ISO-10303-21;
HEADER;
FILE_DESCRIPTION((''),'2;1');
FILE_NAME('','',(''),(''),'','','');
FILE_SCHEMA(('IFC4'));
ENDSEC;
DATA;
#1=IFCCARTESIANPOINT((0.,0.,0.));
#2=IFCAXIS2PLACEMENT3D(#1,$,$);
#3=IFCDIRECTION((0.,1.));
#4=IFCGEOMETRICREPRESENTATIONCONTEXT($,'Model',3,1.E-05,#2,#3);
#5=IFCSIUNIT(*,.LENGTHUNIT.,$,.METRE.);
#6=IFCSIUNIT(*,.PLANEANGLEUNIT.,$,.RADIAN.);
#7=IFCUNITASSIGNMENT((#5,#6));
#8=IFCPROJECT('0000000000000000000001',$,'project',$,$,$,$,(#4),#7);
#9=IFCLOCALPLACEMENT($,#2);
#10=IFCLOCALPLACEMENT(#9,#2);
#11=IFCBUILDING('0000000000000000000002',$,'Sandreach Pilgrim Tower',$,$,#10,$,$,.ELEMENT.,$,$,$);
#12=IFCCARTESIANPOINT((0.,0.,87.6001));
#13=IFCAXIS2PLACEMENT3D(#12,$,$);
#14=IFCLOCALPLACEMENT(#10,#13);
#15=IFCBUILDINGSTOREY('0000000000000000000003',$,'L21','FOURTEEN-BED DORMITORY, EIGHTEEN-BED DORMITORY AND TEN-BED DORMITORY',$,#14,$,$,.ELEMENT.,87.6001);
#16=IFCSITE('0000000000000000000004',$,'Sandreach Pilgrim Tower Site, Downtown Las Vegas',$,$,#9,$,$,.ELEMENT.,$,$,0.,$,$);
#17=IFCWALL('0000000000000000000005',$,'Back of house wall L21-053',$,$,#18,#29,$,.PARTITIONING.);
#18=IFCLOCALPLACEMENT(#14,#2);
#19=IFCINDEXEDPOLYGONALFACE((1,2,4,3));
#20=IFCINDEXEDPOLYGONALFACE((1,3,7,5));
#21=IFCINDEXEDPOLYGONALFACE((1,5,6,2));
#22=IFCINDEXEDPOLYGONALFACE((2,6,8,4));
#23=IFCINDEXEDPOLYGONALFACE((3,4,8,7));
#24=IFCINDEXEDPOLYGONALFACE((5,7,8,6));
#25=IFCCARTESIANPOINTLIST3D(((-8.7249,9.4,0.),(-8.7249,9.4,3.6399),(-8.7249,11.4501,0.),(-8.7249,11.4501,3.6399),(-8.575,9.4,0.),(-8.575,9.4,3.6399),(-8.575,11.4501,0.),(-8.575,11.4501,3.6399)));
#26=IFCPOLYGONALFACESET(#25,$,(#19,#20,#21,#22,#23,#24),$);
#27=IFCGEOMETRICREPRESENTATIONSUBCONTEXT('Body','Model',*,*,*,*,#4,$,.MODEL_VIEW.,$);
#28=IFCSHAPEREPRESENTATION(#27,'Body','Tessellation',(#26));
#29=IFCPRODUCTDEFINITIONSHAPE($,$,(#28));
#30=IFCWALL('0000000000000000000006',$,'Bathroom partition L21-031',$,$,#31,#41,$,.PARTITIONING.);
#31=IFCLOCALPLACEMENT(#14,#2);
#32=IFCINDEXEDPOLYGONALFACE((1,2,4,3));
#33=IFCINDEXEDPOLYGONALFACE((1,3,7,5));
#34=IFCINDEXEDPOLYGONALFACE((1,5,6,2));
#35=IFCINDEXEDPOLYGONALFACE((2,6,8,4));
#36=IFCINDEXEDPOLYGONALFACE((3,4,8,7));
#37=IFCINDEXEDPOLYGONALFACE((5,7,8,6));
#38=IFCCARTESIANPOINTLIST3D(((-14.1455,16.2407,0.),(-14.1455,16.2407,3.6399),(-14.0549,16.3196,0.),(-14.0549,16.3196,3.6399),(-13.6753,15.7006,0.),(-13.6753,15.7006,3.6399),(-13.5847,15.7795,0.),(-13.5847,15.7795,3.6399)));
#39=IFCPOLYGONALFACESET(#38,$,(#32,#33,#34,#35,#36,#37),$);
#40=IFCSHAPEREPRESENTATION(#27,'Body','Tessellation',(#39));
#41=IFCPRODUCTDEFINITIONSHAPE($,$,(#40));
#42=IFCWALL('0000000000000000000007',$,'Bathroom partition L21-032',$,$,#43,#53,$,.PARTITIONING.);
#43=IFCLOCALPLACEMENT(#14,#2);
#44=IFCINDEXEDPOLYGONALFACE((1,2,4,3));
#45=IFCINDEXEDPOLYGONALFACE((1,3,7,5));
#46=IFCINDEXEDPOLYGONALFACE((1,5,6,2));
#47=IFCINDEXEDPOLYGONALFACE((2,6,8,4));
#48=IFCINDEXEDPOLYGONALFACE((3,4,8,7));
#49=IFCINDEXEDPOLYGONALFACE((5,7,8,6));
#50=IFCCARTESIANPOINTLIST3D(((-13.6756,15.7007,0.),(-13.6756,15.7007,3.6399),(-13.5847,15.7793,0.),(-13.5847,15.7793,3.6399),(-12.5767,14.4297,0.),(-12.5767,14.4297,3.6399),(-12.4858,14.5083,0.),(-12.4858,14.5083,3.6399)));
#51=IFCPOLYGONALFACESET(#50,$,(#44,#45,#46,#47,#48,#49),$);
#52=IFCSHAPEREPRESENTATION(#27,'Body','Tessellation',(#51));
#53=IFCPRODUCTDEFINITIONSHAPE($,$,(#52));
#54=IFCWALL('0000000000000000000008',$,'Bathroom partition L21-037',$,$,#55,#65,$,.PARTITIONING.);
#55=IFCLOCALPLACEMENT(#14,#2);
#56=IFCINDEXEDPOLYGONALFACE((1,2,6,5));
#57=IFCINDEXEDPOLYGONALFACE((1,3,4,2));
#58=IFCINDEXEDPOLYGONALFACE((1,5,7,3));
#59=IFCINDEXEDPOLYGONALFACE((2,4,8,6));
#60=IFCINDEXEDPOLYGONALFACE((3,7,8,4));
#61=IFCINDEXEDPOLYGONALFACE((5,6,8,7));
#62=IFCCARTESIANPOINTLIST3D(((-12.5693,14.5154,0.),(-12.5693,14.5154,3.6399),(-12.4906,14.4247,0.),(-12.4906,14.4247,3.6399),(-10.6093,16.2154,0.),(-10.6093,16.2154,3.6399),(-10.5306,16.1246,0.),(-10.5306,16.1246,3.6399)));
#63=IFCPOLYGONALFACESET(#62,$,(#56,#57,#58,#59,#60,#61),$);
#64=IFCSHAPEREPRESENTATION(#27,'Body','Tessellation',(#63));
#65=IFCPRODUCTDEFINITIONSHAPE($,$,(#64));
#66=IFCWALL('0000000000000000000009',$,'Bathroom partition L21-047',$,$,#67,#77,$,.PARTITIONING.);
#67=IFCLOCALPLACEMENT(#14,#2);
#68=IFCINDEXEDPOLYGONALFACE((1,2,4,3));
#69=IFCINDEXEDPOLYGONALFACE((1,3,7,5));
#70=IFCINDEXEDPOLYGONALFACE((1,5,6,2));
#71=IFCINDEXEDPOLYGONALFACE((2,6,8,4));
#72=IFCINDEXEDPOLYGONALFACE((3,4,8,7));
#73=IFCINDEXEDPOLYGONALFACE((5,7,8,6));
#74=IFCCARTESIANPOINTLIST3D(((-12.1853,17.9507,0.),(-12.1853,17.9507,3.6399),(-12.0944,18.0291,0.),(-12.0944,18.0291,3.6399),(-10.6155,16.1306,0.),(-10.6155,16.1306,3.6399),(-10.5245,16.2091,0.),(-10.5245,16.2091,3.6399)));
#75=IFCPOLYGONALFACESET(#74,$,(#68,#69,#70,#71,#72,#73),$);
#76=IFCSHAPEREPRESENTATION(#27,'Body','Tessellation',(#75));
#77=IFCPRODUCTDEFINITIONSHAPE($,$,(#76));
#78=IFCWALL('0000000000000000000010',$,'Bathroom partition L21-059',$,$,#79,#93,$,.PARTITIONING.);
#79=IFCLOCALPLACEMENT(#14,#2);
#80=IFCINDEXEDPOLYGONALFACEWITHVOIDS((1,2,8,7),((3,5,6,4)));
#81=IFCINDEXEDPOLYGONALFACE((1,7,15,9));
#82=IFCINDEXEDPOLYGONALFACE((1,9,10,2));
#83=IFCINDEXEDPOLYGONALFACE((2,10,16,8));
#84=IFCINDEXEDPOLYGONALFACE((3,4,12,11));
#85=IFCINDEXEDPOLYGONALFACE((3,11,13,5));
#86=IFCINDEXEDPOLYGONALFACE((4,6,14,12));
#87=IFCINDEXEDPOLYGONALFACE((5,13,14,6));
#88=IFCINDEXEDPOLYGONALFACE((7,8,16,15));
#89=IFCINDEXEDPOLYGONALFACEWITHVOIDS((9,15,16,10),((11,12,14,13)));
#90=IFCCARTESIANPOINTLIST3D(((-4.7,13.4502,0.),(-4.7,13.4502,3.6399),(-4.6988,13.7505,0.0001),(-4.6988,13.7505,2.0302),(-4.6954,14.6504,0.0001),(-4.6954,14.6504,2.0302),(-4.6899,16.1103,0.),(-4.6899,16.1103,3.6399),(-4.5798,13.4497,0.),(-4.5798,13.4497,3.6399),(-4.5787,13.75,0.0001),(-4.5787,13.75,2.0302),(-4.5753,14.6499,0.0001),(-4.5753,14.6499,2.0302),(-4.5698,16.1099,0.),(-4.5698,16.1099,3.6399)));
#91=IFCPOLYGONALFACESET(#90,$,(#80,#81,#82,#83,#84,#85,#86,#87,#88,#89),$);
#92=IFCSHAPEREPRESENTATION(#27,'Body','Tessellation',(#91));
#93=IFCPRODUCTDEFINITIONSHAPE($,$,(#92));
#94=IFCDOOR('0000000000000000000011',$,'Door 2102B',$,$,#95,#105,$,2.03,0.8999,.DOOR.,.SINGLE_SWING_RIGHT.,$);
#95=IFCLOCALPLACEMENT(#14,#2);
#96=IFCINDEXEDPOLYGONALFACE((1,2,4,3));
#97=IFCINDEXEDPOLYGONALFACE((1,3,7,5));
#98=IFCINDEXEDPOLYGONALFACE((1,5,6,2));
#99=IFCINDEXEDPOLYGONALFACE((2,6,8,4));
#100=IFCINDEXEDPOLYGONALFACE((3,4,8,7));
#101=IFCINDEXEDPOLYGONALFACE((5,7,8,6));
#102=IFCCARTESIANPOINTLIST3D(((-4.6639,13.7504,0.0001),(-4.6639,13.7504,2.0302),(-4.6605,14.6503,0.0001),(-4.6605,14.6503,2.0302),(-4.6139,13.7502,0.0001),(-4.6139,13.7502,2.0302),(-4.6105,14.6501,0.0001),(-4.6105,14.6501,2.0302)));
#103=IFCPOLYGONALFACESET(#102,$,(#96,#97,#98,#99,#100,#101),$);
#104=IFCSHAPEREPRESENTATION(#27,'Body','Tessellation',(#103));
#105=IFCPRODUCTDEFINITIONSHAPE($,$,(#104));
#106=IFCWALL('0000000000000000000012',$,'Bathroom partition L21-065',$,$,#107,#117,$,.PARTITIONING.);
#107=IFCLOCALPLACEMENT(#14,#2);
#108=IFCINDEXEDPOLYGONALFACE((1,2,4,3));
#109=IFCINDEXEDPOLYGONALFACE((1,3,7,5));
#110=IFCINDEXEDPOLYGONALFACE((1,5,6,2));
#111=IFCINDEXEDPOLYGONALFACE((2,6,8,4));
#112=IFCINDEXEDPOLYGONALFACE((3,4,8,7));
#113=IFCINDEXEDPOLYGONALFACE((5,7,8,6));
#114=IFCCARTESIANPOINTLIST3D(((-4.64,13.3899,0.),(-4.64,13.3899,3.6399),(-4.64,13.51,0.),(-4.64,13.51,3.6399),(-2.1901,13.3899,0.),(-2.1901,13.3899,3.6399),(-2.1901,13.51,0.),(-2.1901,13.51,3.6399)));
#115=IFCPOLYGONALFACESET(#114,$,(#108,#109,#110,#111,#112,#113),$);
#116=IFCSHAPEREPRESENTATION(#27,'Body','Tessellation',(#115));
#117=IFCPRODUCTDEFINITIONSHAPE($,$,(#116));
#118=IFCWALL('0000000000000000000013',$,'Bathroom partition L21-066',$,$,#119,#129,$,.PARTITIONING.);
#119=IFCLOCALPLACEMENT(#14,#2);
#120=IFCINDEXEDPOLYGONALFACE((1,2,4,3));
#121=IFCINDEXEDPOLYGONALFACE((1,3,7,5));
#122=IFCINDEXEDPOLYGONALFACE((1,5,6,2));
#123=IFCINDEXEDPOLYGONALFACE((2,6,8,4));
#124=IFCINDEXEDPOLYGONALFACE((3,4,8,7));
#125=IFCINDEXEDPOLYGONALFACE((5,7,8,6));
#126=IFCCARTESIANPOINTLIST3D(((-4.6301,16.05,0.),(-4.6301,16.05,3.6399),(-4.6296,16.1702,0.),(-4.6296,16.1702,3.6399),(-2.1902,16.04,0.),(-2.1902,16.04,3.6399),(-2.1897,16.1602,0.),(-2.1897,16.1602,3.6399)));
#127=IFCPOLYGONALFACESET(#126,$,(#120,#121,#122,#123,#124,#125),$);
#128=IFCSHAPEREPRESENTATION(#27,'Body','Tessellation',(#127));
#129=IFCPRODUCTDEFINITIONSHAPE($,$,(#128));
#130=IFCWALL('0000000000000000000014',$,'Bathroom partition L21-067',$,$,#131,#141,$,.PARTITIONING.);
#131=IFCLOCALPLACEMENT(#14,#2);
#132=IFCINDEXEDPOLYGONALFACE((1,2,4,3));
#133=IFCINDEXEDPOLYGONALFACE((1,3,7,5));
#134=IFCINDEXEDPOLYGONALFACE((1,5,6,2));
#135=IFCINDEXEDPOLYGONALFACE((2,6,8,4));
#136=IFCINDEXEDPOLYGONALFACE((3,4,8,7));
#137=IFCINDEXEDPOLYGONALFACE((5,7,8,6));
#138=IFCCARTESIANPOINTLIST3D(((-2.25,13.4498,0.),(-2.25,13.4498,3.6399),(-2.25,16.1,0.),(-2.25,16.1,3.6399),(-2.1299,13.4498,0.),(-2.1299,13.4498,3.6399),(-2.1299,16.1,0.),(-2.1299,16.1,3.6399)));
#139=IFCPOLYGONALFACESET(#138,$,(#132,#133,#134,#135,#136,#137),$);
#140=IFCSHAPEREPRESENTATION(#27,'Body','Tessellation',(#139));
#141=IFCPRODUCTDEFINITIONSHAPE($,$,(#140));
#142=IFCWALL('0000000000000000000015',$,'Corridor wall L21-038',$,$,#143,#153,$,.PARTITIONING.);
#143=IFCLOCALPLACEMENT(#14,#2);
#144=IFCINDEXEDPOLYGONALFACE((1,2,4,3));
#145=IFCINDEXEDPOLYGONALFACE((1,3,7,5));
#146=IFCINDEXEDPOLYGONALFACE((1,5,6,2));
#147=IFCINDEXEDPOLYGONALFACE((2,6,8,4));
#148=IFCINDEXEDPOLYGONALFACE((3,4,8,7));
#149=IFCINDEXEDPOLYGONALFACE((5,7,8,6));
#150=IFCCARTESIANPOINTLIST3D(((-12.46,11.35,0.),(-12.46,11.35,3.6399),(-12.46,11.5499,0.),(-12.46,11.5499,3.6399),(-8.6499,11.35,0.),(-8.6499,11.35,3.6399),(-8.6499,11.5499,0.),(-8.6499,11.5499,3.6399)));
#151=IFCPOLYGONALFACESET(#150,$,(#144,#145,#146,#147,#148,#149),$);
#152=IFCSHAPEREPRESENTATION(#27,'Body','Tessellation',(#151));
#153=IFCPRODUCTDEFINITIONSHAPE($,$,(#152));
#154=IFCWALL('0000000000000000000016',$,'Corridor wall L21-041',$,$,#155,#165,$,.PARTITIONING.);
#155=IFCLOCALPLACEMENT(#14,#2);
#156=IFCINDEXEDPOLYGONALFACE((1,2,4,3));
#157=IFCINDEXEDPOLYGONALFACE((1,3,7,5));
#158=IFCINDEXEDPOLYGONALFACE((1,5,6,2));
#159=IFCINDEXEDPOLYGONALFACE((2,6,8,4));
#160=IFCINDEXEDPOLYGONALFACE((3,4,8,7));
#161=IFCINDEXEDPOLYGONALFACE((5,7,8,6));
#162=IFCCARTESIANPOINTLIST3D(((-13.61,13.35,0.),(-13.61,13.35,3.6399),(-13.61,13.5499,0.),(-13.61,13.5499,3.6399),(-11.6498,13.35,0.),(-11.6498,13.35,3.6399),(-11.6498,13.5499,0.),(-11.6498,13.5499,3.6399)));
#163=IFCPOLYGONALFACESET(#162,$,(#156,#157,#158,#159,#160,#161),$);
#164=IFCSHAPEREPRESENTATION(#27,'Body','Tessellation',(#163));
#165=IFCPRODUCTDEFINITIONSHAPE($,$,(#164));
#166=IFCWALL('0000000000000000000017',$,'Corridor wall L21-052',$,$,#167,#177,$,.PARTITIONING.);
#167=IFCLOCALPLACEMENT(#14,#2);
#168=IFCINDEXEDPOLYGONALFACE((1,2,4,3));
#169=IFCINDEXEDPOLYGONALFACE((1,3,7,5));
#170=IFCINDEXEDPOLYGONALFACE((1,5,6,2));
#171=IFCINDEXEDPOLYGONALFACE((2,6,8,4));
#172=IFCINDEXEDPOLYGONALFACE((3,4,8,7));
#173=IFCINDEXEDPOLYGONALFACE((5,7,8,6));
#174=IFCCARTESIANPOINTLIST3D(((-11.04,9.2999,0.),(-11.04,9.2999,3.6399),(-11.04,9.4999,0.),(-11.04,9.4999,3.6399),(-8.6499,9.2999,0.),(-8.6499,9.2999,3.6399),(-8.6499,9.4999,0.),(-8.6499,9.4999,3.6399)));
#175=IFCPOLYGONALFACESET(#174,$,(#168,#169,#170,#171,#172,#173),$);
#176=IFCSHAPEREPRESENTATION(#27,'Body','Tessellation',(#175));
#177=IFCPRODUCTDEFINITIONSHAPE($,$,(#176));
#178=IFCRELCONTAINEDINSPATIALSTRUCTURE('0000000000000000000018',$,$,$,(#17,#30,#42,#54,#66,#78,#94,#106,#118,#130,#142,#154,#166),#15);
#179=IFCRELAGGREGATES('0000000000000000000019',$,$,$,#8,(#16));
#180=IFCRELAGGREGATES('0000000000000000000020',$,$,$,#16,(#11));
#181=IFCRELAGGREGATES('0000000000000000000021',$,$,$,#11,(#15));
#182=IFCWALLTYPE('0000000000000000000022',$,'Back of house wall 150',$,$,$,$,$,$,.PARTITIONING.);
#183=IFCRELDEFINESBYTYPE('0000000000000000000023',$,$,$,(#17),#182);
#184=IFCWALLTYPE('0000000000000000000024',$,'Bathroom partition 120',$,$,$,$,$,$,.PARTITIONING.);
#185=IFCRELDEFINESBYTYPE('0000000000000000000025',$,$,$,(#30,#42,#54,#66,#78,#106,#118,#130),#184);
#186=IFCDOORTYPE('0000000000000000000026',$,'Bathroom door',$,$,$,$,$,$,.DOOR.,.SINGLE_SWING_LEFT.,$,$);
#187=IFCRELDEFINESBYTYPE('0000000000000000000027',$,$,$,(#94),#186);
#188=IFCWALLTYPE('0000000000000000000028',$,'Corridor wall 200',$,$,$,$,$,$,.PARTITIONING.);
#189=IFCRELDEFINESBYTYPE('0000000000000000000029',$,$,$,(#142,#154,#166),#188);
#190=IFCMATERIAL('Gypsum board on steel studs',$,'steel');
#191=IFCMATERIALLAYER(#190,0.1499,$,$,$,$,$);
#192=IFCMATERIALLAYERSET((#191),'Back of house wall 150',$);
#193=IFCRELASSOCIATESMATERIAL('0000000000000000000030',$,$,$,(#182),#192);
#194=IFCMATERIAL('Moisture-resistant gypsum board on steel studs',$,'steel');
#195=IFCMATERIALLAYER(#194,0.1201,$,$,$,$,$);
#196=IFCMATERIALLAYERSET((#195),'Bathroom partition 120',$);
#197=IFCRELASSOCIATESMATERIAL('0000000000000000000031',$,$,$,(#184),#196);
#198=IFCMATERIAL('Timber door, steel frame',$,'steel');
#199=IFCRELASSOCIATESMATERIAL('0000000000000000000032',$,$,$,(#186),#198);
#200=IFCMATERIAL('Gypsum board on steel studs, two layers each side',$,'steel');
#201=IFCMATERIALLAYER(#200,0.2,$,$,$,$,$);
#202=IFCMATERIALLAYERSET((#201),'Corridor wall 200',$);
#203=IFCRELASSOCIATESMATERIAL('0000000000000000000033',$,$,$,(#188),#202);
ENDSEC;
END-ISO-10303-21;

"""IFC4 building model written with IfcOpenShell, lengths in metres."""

from ifc_helpers import new_model, si_unit, direction, frame, frame_2d, origin, place, context, subcontext, project, spatial, rectangle, extrude, material, layer, layer_set, type_object, element, fill, save


model = new_model("IFC4")

# Units and contexts
model_context = context("Model", 3, precision=1e-05, world=origin(), true_north=direction((0.0, 1.0)))
body_context = subcontext(model_context, "Body", "Model", "MODEL_VIEW")
ifc_project = project(units=[si_unit("LENGTHUNIT", "METRE"), si_unit("PLANEANGLEUNIT", "RADIAN")], contexts=[model_context])

# Site, building, storey
site_placement = place(None, origin())
site = spatial("IfcSite", under=ifc_project, at=site_placement, Name="Sandreach Pilgrim Tower Site, Downtown Las Vegas", CompositionType="ELEMENT", RefElevation=0.0)
building_placement = place(site_placement, origin())
building = spatial("IfcBuilding", under=site, at=building_placement, Name="Sandreach Pilgrim Tower", CompositionType="ELEMENT")
storey_placement = place(building_placement, frame((0.0, 0.0, 87.6001)))
storey = spatial("IfcBuildingStorey", under=building, at=storey_placement, Name="L21", Description="FOURTEEN-BED DORMITORY, EIGHTEEN-BED DORMITORY AND TEN-BED DORMITORY", CompositionType="ELEMENT", Elevation=87.6001)

# Walls
ifc_material_1 = material(Name="Gypsum board on steel studs", Category="steel")
ifc_layer_1 = layer(ifc_material_1, 0.1499)
ifc_layer_set_1 = layer_set([ifc_layer_1], Name="Back of house wall 150")
wall_type_1 = type_object("IfcWallType", Name="Back of house wall 150", PredefinedType="PARTITIONING", material=ifc_layer_set_1)
wall_1_placement = place(storey_placement, frame((-8.6499, 11.45, 0.0), z_axis=(0.0, 0.0, 1.0), x_axis=(0.0, -1.0, 0.0)))
element("IfcWall", 1, at=wall_1_placement, inside=storey, type_object=wall_type_1, Name="Back of house wall L21-053", PredefinedType="PARTITIONING", context=body_context, shape_type="SweptSolid", body=[
    extrude(rectangle(XDim=2.05, YDim=0.1499, at=frame_2d((1.0249, 0.0))), origin(), (0.0, 0.0, 1.0), 3.6399),
])
ifc_material_2 = material(Name="Moisture-resistant gypsum board on steel studs", Category="steel")
ifc_layer_2 = layer(ifc_material_2, 0.1201)
ifc_layer_set_2 = layer_set([ifc_layer_2], Name="Bathroom partition 120")
wall_type_2 = type_object("IfcWallType", Name="Bathroom partition 120", PredefinedType="PARTITIONING", material=ifc_layer_set_2)
wall_2_placement = place(storey_placement, frame((-14.1001, 16.28, 0.0), z_axis=(0.0, 0.0, 1.0), x_axis=(0.656668, -0.75418, 0.0)))
element("IfcWall", 2, at=wall_2_placement, inside=storey, type_object=wall_type_2, Name="Bathroom partition L21-031", PredefinedType="PARTITIONING", context=body_context, shape_type="SweptSolid", body=[
    extrude(rectangle(XDim=0.7161, YDim=0.1201, at=frame_2d((0.3579, 0.0))), origin(), (0.0, 0.0, 1.0), 3.6399),
])
wall_3_placement = place(storey_placement, frame((-13.6301, 15.74, 0.0), z_axis=(0.0, 0.0, 1.0), x_axis=(0.654028, -0.75647, 0.0)))
element("IfcWall", 3, at=wall_3_placement, inside=storey, type_object=wall_type_2, Name="Bathroom partition L21-032", PredefinedType="PARTITIONING", context=body_context, shape_type="SweptSolid", body=[
    extrude(rectangle(XDim=1.6802, YDim=0.1201, at=frame_2d((0.8401, 0.0))), origin(), (0.0, 0.0, 1.0), 3.6399),
])
wall_4_placement = place(storey_placement, frame((-12.53, 14.47, 0.0), z_axis=(0.0, 0.0, 1.0), x_axis=(0.755438, 0.655221, 0.0)))
element("IfcWall", 4, at=wall_4_placement, inside=storey, type_object=wall_type_2, Name="Bathroom partition L21-037", PredefinedType="PARTITIONING", context=body_context, shape_type="SweptSolid", body=[
    extrude(rectangle(XDim=2.5945, YDim=0.1201, at=frame_2d((1.2974, 0.0))), origin(), (0.0, 0.0, 1.0), 3.6399),
])
wall_5_placement = place(storey_placement, frame((-10.5701, 16.1699, 0.0), z_axis=(0.0, 0.0, 1.0), x_axis=(-0.65313, 0.757245, 0.0)))
element("IfcWall", 5, at=wall_5_placement, inside=storey, type_object=wall_type_2, Name="Bathroom partition L21-047", PredefinedType="PARTITIONING", context=body_context, shape_type="SweptSolid", body=[
    extrude(rectangle(XDim=2.4036, YDim=0.1201, at=frame_2d((1.2017, 0.0))), origin(), (0.0, 0.0, 1.0), 3.6399),
])

# Wall, opening, door
wall_6_placement = place(storey_placement, frame((-4.6299, 16.1101, 0.0), z_axis=(0.0, 0.0, 1.0), x_axis=(-0.003763, -0.999993, 0.0)))
wall_6 = element("IfcWall", 6, at=wall_6_placement, inside=storey, type_object=wall_type_2, Name="Bathroom partition L21-059", PredefinedType="PARTITIONING", context=body_context, shape_type="SweptSolid", body=[
    extrude(rectangle(XDim=2.6602, YDim=0.1201, at=frame_2d((1.3301, 0.0))), origin(), (0.0, 0.0, 1.0), 3.6399),
])
opening_1_placement = place(wall_6_placement, frame((1.46, 0.0, 0.0)))
opening_1 = element("IfcOpeningElement", 7, at=opening_1_placement, cuts=wall_6, PredefinedType="OPENING", context=body_context, shape_type="SweptSolid", body=[
    extrude(rectangle(XDim=0.8999, YDim=2.03, at=frame_2d((0.45, 1.0151))), frame((0.0, 0.0601, 0.0), z_axis=(0.0, -1.0, 0.0), x_axis=(1.0, 0.0, 0.0)), (0.0, 0.0, 1.0), 0.1201),
])
ifc_material_3 = material(Name="Timber door, steel frame", Category="steel")
door_type_1 = type_object("IfcDoorType", Name="Bathroom door", OperationType="SINGLE_SWING_LEFT", PredefinedType="DOOR", material=ifc_material_3)
door_1_placement = place(opening_1_placement, origin())
door_1 = element("IfcDoor", 8, at=door_1_placement, inside=storey, type_object=door_type_1, Name="Door 2102B", OperationType="SINGLE_SWING_RIGHT", OverallHeight=2.03, OverallWidth=0.8999, PredefinedType="DOOR", context=body_context, shape_type="SweptSolid", body=[
    extrude(rectangle(XDim=0.8999, YDim=2.03, at=frame_2d((0.45, 1.0151))), frame((0.0, 0.0249, 0.0), z_axis=(0.0, -1.0, 0.0), x_axis=(1.0, 0.0, 0.0)), (0.0, 0.0, 1.0), 0.05),
])
fill(opening_1, door_1)

# Walls
wall_7_placement = place(storey_placement, frame((-2.1899, 13.45, 0.0), z_axis=(0.0, 0.0, 1.0), x_axis=(-1.0, 0.0, 0.0)))
element("IfcWall", 9, at=wall_7_placement, inside=storey, type_object=wall_type_2, Name="Bathroom partition L21-065", PredefinedType="PARTITIONING", context=body_context, shape_type="SweptSolid", body=[
    extrude(rectangle(XDim=2.45, YDim=0.1201, at=frame_2d((1.2251, 0.0))), origin(), (0.0, 0.0, 1.0), 3.6399),
])
wall_8_placement = place(storey_placement, frame((-2.1899, 16.1001, 0.0), z_axis=(0.0, 0.0, 1.0), x_axis=(-0.999992, 0.004102, 0.0)))
element("IfcWall", 10, at=wall_8_placement, inside=storey, type_object=wall_type_2, Name="Bathroom partition L21-066", PredefinedType="PARTITIONING", context=body_context, shape_type="SweptSolid", body=[
    extrude(rectangle(XDim=2.4399, YDim=0.1201, at=frame_2d((1.22, 0.0))), origin(), (0.0, 0.0, 1.0), 3.6399),
])
wall_9_placement = place(storey_placement, frame((-2.1899, 16.1001, 0.0), z_axis=(0.0, 0.0, 1.0), x_axis=(0.0, -1.0, 0.0)))
element("IfcWall", 11, at=wall_9_placement, inside=storey, type_object=wall_type_2, Name="Bathroom partition L21-067", PredefinedType="PARTITIONING", context=body_context, shape_type="SweptSolid", body=[
    extrude(rectangle(XDim=2.6501, YDim=0.1201, at=frame_2d((1.3252, 0.0))), origin(), (0.0, 0.0, 1.0), 3.6399),
])
ifc_material_4 = material(Name="Gypsum board on steel studs, two layers each side", Category="steel")
ifc_layer_3 = layer(ifc_material_4, 0.2)
ifc_layer_set_3 = layer_set([ifc_layer_3], Name="Corridor wall 200")
wall_type_3 = type_object("IfcWallType", Name="Corridor wall 200", PredefinedType="PARTITIONING", material=ifc_layer_set_3)
wall_10_placement = place(storey_placement, frame((-12.46, 11.45, 0.0), z_axis=(0.0, 0.0, 1.0), x_axis=(1.0, 0.0, 0.0)))
element("IfcWall", 12, at=wall_10_placement, inside=storey, type_object=wall_type_3, Name="Corridor wall L21-038", PredefinedType="PARTITIONING", context=body_context, shape_type="SweptSolid", body=[
    extrude(rectangle(XDim=3.8101, YDim=0.2, at=frame_2d((1.905, 0.0))), origin(), (0.0, 0.0, 1.0), 3.6399),
])
wall_11_placement = place(storey_placement, frame((-11.6499, 13.45, 0.0), z_axis=(0.0, 0.0, 1.0), x_axis=(-1.0, 0.0, 0.0)))
element("IfcWall", 13, at=wall_11_placement, inside=storey, type_object=wall_type_3, Name="Corridor wall L21-041", PredefinedType="PARTITIONING", context=body_context, shape_type="SweptSolid", body=[
    extrude(rectangle(XDim=1.9602, YDim=0.2, at=frame_2d((0.98, 0.0))), origin(), (0.0, 0.0, 1.0), 3.6399),
])

# Wall
wall_12_placement = place(storey_placement, frame((-8.6499, 9.3999, 0.0), z_axis=(0.0, 0.0, 1.0), x_axis=(-1.0, 0.0, 0.0)))
element("IfcWall", 14, at=wall_12_placement, inside=storey, type_object=wall_type_3, Name="Corridor wall L21-052", PredefinedType="PARTITIONING", context=body_context, shape_type="SweptSolid", body=[
    extrude(rectangle(XDim=2.3901, YDim=0.2, at=frame_2d((1.1951, 0.0))), origin(), (0.0, 0.0, 1.0), 3.6399),
])

save(model, "model.ifc")
